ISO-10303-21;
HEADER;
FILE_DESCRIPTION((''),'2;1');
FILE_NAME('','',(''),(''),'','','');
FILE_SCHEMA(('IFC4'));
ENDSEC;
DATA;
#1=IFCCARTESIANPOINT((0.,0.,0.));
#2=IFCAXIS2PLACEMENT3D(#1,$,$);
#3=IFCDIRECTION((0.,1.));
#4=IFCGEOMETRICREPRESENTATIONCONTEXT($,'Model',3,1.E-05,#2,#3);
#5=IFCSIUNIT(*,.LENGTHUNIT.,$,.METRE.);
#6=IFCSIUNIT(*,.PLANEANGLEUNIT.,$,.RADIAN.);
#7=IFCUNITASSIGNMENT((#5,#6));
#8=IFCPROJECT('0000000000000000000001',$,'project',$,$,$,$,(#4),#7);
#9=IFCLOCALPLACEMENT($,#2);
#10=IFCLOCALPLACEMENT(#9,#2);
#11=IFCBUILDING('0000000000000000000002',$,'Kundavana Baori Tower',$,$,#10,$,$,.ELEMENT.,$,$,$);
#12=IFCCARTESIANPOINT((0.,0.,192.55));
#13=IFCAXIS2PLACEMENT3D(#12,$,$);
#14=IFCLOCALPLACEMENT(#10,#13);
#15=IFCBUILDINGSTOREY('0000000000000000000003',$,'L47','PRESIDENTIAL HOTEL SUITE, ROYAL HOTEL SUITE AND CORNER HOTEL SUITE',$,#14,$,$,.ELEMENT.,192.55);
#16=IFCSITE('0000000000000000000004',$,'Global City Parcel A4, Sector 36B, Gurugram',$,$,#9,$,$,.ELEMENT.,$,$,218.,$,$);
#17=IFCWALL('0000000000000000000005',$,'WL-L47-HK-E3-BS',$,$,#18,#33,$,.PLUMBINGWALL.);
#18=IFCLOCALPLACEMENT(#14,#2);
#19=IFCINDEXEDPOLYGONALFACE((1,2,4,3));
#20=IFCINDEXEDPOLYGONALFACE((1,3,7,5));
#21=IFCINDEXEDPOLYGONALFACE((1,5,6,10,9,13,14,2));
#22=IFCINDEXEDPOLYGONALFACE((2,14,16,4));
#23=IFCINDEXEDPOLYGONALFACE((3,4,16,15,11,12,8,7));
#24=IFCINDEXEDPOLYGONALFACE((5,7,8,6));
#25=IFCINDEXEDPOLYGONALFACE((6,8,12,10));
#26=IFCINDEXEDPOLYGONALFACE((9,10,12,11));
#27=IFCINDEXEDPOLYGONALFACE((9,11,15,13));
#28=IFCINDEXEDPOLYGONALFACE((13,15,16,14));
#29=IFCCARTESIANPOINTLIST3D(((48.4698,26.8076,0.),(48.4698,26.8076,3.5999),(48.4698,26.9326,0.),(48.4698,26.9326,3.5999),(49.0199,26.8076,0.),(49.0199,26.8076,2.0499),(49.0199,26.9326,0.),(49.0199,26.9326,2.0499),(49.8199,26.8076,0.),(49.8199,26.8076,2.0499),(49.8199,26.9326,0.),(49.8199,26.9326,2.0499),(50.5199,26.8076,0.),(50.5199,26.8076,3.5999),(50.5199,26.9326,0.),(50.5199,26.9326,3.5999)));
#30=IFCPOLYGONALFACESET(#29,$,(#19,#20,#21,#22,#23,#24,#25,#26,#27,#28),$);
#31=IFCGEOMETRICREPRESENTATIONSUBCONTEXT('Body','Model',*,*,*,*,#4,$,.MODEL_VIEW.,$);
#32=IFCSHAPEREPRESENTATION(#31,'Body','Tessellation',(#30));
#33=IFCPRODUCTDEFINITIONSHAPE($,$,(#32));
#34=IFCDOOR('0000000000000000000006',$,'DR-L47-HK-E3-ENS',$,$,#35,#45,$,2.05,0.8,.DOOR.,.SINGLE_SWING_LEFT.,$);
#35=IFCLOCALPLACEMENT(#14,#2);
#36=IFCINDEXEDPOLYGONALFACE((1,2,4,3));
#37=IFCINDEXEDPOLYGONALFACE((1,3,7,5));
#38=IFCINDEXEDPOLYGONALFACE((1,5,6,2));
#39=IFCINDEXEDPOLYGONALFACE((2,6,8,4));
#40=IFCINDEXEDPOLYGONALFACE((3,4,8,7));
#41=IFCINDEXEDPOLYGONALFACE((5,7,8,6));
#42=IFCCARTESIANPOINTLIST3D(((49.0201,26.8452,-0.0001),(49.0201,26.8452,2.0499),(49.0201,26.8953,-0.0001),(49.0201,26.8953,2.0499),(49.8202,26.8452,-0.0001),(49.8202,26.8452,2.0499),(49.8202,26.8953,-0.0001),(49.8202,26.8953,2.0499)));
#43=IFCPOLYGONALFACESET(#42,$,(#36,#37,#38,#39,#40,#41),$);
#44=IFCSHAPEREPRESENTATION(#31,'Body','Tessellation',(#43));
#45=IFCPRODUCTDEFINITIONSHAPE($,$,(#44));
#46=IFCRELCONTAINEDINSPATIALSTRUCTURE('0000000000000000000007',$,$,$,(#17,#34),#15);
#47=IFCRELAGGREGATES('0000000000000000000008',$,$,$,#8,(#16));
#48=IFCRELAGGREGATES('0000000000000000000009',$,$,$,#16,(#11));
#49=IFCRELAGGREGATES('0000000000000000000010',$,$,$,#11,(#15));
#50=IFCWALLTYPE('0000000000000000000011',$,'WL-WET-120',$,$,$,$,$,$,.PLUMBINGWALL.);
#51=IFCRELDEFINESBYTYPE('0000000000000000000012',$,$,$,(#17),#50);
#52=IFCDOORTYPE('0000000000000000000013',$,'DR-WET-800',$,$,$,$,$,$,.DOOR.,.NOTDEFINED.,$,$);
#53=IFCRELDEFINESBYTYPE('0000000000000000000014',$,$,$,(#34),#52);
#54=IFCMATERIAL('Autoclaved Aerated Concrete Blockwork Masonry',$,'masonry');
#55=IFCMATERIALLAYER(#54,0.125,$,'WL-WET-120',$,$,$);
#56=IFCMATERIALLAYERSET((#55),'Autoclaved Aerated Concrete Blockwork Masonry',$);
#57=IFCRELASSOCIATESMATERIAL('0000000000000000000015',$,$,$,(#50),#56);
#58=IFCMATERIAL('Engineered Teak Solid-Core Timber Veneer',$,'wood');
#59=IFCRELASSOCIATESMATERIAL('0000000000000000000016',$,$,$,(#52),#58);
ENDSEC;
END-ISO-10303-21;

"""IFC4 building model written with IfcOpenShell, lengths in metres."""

from ifc_helpers import new_model, si_unit, direction, frame, frame_2d, origin, place, context, subcontext, project, spatial, rectangle, extrude, material, layer, layer_set, type_object, element, fill, save


model = new_model("IFC4")

# Units and contexts
model_context = context("Model", 3, precision=1e-05, world=origin(), true_north=direction((0.0, 1.0)))
body_context = subcontext(model_context, "Body", "Model", "MODEL_VIEW")
ifc_project = project(units=[si_unit("LENGTHUNIT", "METRE"), si_unit("PLANEANGLEUNIT", "RADIAN")], contexts=[model_context])

# Site, building, storey
site_placement = place(None, origin())
site = spatial("IfcSite", under=ifc_project, at=site_placement, Name="Global City Parcel A4, Sector 36B, Gurugram", CompositionType="ELEMENT", RefElevation=218.0)
building_placement = place(site_placement, origin())
building = spatial("IfcBuilding", under=site, at=building_placement, Name="Kundavana Baori Tower", CompositionType="ELEMENT")
storey_placement = place(building_placement, frame((0.0, 0.0, 192.55)))
storey = spatial("IfcBuildingStorey", under=building, at=storey_placement, Name="L47", Description="PRESIDENTIAL HOTEL SUITE, ROYAL HOTEL SUITE AND CORNER HOTEL SUITE", CompositionType="ELEMENT", Elevation=192.55)

# Shared definitions
ifc_material_1 = material(Name="Autoclaved Aerated Concrete Blockwork Masonry", Category="masonry")
ifc_layer_1 = layer(ifc_material_1, 0.125, Name="WL-WET-120")
ifc_layer_set_1 = layer_set([ifc_layer_1], Name="Autoclaved Aerated Concrete Blockwork Masonry")
wall_type_1 = type_object("IfcWallType", Name="WL-WET-120", PredefinedType="PLUMBINGWALL", material=ifc_layer_set_1)

# Shared definitions
ifc_material_2 = material(Name="Engineered Teak Solid-Core Timber Veneer", Category="wood")
door_type_1 = type_object("IfcDoorType", Name="DR-WET-800", OperationType="NOTDEFINED", PredefinedType="DOOR", material=ifc_material_2)

# Wall, opening, door
wall_1_placement = place(storey_placement, frame((48.47, 26.8701, 0.0), z_axis=(0.0, 0.0, 1.0), x_axis=(1.0, 0.0, 0.0)))
wall_1 = element("IfcWall", 1, at=wall_1_placement, inside=storey, type_object=wall_type_1, Name="WL-L47-HK-E3-BS", PredefinedType="PLUMBINGWALL", context=body_context, shape_type="SweptSolid", body=[
    extrude(rectangle(XDim=2.05, YDim=0.125, at=frame_2d((1.0249, 0.0))), origin(), (0.0, 0.0, 1.0), 3.5999),
])
opening_1_placement = place(wall_1_placement, frame((0.55, 0.0, 0.0)))
opening_1 = element("IfcOpeningElement", 2, at=opening_1_placement, cuts=wall_1, PredefinedType="OPENING", context=body_context, shape_type="SweptSolid", body=[
    extrude(rectangle(XDim=0.8, YDim=2.05, at=frame_2d((0.3999, 1.0249))), frame((0.0, 0.0725, 0.0), z_axis=(0.0, -1.0, 0.0), x_axis=(1.0, 0.0, 0.0)), (0.0, 0.0, 1.0), 0.145),
])
door_1_placement = place(opening_1_placement, frame((0.8, 0.0, 0.0), z_axis=(0.0, 0.0, 1.0), x_axis=(-1.0, 0.0, 0.0)))
door_1 = element("IfcDoor", 3, at=door_1_placement, inside=storey, type_object=door_type_1, Name="DR-L47-HK-E3-ENS", OperationType="SINGLE_SWING_LEFT", OverallHeight=2.05, OverallWidth=0.8, PredefinedType="DOOR", context=body_context, shape_type="SweptSolid", body=[
    extrude(rectangle(XDim=0.8, YDim=2.05, at=frame_2d((0.3999, 1.0249))), frame((0.0, 0.0249, 0.0), z_axis=(0.0, -1.0, 0.0), x_axis=(1.0, 0.0, 0.0)), (0.0, 0.0, 1.0), 0.05),
])
fill(opening_1, door_1)

save(model, "model.ifc")
